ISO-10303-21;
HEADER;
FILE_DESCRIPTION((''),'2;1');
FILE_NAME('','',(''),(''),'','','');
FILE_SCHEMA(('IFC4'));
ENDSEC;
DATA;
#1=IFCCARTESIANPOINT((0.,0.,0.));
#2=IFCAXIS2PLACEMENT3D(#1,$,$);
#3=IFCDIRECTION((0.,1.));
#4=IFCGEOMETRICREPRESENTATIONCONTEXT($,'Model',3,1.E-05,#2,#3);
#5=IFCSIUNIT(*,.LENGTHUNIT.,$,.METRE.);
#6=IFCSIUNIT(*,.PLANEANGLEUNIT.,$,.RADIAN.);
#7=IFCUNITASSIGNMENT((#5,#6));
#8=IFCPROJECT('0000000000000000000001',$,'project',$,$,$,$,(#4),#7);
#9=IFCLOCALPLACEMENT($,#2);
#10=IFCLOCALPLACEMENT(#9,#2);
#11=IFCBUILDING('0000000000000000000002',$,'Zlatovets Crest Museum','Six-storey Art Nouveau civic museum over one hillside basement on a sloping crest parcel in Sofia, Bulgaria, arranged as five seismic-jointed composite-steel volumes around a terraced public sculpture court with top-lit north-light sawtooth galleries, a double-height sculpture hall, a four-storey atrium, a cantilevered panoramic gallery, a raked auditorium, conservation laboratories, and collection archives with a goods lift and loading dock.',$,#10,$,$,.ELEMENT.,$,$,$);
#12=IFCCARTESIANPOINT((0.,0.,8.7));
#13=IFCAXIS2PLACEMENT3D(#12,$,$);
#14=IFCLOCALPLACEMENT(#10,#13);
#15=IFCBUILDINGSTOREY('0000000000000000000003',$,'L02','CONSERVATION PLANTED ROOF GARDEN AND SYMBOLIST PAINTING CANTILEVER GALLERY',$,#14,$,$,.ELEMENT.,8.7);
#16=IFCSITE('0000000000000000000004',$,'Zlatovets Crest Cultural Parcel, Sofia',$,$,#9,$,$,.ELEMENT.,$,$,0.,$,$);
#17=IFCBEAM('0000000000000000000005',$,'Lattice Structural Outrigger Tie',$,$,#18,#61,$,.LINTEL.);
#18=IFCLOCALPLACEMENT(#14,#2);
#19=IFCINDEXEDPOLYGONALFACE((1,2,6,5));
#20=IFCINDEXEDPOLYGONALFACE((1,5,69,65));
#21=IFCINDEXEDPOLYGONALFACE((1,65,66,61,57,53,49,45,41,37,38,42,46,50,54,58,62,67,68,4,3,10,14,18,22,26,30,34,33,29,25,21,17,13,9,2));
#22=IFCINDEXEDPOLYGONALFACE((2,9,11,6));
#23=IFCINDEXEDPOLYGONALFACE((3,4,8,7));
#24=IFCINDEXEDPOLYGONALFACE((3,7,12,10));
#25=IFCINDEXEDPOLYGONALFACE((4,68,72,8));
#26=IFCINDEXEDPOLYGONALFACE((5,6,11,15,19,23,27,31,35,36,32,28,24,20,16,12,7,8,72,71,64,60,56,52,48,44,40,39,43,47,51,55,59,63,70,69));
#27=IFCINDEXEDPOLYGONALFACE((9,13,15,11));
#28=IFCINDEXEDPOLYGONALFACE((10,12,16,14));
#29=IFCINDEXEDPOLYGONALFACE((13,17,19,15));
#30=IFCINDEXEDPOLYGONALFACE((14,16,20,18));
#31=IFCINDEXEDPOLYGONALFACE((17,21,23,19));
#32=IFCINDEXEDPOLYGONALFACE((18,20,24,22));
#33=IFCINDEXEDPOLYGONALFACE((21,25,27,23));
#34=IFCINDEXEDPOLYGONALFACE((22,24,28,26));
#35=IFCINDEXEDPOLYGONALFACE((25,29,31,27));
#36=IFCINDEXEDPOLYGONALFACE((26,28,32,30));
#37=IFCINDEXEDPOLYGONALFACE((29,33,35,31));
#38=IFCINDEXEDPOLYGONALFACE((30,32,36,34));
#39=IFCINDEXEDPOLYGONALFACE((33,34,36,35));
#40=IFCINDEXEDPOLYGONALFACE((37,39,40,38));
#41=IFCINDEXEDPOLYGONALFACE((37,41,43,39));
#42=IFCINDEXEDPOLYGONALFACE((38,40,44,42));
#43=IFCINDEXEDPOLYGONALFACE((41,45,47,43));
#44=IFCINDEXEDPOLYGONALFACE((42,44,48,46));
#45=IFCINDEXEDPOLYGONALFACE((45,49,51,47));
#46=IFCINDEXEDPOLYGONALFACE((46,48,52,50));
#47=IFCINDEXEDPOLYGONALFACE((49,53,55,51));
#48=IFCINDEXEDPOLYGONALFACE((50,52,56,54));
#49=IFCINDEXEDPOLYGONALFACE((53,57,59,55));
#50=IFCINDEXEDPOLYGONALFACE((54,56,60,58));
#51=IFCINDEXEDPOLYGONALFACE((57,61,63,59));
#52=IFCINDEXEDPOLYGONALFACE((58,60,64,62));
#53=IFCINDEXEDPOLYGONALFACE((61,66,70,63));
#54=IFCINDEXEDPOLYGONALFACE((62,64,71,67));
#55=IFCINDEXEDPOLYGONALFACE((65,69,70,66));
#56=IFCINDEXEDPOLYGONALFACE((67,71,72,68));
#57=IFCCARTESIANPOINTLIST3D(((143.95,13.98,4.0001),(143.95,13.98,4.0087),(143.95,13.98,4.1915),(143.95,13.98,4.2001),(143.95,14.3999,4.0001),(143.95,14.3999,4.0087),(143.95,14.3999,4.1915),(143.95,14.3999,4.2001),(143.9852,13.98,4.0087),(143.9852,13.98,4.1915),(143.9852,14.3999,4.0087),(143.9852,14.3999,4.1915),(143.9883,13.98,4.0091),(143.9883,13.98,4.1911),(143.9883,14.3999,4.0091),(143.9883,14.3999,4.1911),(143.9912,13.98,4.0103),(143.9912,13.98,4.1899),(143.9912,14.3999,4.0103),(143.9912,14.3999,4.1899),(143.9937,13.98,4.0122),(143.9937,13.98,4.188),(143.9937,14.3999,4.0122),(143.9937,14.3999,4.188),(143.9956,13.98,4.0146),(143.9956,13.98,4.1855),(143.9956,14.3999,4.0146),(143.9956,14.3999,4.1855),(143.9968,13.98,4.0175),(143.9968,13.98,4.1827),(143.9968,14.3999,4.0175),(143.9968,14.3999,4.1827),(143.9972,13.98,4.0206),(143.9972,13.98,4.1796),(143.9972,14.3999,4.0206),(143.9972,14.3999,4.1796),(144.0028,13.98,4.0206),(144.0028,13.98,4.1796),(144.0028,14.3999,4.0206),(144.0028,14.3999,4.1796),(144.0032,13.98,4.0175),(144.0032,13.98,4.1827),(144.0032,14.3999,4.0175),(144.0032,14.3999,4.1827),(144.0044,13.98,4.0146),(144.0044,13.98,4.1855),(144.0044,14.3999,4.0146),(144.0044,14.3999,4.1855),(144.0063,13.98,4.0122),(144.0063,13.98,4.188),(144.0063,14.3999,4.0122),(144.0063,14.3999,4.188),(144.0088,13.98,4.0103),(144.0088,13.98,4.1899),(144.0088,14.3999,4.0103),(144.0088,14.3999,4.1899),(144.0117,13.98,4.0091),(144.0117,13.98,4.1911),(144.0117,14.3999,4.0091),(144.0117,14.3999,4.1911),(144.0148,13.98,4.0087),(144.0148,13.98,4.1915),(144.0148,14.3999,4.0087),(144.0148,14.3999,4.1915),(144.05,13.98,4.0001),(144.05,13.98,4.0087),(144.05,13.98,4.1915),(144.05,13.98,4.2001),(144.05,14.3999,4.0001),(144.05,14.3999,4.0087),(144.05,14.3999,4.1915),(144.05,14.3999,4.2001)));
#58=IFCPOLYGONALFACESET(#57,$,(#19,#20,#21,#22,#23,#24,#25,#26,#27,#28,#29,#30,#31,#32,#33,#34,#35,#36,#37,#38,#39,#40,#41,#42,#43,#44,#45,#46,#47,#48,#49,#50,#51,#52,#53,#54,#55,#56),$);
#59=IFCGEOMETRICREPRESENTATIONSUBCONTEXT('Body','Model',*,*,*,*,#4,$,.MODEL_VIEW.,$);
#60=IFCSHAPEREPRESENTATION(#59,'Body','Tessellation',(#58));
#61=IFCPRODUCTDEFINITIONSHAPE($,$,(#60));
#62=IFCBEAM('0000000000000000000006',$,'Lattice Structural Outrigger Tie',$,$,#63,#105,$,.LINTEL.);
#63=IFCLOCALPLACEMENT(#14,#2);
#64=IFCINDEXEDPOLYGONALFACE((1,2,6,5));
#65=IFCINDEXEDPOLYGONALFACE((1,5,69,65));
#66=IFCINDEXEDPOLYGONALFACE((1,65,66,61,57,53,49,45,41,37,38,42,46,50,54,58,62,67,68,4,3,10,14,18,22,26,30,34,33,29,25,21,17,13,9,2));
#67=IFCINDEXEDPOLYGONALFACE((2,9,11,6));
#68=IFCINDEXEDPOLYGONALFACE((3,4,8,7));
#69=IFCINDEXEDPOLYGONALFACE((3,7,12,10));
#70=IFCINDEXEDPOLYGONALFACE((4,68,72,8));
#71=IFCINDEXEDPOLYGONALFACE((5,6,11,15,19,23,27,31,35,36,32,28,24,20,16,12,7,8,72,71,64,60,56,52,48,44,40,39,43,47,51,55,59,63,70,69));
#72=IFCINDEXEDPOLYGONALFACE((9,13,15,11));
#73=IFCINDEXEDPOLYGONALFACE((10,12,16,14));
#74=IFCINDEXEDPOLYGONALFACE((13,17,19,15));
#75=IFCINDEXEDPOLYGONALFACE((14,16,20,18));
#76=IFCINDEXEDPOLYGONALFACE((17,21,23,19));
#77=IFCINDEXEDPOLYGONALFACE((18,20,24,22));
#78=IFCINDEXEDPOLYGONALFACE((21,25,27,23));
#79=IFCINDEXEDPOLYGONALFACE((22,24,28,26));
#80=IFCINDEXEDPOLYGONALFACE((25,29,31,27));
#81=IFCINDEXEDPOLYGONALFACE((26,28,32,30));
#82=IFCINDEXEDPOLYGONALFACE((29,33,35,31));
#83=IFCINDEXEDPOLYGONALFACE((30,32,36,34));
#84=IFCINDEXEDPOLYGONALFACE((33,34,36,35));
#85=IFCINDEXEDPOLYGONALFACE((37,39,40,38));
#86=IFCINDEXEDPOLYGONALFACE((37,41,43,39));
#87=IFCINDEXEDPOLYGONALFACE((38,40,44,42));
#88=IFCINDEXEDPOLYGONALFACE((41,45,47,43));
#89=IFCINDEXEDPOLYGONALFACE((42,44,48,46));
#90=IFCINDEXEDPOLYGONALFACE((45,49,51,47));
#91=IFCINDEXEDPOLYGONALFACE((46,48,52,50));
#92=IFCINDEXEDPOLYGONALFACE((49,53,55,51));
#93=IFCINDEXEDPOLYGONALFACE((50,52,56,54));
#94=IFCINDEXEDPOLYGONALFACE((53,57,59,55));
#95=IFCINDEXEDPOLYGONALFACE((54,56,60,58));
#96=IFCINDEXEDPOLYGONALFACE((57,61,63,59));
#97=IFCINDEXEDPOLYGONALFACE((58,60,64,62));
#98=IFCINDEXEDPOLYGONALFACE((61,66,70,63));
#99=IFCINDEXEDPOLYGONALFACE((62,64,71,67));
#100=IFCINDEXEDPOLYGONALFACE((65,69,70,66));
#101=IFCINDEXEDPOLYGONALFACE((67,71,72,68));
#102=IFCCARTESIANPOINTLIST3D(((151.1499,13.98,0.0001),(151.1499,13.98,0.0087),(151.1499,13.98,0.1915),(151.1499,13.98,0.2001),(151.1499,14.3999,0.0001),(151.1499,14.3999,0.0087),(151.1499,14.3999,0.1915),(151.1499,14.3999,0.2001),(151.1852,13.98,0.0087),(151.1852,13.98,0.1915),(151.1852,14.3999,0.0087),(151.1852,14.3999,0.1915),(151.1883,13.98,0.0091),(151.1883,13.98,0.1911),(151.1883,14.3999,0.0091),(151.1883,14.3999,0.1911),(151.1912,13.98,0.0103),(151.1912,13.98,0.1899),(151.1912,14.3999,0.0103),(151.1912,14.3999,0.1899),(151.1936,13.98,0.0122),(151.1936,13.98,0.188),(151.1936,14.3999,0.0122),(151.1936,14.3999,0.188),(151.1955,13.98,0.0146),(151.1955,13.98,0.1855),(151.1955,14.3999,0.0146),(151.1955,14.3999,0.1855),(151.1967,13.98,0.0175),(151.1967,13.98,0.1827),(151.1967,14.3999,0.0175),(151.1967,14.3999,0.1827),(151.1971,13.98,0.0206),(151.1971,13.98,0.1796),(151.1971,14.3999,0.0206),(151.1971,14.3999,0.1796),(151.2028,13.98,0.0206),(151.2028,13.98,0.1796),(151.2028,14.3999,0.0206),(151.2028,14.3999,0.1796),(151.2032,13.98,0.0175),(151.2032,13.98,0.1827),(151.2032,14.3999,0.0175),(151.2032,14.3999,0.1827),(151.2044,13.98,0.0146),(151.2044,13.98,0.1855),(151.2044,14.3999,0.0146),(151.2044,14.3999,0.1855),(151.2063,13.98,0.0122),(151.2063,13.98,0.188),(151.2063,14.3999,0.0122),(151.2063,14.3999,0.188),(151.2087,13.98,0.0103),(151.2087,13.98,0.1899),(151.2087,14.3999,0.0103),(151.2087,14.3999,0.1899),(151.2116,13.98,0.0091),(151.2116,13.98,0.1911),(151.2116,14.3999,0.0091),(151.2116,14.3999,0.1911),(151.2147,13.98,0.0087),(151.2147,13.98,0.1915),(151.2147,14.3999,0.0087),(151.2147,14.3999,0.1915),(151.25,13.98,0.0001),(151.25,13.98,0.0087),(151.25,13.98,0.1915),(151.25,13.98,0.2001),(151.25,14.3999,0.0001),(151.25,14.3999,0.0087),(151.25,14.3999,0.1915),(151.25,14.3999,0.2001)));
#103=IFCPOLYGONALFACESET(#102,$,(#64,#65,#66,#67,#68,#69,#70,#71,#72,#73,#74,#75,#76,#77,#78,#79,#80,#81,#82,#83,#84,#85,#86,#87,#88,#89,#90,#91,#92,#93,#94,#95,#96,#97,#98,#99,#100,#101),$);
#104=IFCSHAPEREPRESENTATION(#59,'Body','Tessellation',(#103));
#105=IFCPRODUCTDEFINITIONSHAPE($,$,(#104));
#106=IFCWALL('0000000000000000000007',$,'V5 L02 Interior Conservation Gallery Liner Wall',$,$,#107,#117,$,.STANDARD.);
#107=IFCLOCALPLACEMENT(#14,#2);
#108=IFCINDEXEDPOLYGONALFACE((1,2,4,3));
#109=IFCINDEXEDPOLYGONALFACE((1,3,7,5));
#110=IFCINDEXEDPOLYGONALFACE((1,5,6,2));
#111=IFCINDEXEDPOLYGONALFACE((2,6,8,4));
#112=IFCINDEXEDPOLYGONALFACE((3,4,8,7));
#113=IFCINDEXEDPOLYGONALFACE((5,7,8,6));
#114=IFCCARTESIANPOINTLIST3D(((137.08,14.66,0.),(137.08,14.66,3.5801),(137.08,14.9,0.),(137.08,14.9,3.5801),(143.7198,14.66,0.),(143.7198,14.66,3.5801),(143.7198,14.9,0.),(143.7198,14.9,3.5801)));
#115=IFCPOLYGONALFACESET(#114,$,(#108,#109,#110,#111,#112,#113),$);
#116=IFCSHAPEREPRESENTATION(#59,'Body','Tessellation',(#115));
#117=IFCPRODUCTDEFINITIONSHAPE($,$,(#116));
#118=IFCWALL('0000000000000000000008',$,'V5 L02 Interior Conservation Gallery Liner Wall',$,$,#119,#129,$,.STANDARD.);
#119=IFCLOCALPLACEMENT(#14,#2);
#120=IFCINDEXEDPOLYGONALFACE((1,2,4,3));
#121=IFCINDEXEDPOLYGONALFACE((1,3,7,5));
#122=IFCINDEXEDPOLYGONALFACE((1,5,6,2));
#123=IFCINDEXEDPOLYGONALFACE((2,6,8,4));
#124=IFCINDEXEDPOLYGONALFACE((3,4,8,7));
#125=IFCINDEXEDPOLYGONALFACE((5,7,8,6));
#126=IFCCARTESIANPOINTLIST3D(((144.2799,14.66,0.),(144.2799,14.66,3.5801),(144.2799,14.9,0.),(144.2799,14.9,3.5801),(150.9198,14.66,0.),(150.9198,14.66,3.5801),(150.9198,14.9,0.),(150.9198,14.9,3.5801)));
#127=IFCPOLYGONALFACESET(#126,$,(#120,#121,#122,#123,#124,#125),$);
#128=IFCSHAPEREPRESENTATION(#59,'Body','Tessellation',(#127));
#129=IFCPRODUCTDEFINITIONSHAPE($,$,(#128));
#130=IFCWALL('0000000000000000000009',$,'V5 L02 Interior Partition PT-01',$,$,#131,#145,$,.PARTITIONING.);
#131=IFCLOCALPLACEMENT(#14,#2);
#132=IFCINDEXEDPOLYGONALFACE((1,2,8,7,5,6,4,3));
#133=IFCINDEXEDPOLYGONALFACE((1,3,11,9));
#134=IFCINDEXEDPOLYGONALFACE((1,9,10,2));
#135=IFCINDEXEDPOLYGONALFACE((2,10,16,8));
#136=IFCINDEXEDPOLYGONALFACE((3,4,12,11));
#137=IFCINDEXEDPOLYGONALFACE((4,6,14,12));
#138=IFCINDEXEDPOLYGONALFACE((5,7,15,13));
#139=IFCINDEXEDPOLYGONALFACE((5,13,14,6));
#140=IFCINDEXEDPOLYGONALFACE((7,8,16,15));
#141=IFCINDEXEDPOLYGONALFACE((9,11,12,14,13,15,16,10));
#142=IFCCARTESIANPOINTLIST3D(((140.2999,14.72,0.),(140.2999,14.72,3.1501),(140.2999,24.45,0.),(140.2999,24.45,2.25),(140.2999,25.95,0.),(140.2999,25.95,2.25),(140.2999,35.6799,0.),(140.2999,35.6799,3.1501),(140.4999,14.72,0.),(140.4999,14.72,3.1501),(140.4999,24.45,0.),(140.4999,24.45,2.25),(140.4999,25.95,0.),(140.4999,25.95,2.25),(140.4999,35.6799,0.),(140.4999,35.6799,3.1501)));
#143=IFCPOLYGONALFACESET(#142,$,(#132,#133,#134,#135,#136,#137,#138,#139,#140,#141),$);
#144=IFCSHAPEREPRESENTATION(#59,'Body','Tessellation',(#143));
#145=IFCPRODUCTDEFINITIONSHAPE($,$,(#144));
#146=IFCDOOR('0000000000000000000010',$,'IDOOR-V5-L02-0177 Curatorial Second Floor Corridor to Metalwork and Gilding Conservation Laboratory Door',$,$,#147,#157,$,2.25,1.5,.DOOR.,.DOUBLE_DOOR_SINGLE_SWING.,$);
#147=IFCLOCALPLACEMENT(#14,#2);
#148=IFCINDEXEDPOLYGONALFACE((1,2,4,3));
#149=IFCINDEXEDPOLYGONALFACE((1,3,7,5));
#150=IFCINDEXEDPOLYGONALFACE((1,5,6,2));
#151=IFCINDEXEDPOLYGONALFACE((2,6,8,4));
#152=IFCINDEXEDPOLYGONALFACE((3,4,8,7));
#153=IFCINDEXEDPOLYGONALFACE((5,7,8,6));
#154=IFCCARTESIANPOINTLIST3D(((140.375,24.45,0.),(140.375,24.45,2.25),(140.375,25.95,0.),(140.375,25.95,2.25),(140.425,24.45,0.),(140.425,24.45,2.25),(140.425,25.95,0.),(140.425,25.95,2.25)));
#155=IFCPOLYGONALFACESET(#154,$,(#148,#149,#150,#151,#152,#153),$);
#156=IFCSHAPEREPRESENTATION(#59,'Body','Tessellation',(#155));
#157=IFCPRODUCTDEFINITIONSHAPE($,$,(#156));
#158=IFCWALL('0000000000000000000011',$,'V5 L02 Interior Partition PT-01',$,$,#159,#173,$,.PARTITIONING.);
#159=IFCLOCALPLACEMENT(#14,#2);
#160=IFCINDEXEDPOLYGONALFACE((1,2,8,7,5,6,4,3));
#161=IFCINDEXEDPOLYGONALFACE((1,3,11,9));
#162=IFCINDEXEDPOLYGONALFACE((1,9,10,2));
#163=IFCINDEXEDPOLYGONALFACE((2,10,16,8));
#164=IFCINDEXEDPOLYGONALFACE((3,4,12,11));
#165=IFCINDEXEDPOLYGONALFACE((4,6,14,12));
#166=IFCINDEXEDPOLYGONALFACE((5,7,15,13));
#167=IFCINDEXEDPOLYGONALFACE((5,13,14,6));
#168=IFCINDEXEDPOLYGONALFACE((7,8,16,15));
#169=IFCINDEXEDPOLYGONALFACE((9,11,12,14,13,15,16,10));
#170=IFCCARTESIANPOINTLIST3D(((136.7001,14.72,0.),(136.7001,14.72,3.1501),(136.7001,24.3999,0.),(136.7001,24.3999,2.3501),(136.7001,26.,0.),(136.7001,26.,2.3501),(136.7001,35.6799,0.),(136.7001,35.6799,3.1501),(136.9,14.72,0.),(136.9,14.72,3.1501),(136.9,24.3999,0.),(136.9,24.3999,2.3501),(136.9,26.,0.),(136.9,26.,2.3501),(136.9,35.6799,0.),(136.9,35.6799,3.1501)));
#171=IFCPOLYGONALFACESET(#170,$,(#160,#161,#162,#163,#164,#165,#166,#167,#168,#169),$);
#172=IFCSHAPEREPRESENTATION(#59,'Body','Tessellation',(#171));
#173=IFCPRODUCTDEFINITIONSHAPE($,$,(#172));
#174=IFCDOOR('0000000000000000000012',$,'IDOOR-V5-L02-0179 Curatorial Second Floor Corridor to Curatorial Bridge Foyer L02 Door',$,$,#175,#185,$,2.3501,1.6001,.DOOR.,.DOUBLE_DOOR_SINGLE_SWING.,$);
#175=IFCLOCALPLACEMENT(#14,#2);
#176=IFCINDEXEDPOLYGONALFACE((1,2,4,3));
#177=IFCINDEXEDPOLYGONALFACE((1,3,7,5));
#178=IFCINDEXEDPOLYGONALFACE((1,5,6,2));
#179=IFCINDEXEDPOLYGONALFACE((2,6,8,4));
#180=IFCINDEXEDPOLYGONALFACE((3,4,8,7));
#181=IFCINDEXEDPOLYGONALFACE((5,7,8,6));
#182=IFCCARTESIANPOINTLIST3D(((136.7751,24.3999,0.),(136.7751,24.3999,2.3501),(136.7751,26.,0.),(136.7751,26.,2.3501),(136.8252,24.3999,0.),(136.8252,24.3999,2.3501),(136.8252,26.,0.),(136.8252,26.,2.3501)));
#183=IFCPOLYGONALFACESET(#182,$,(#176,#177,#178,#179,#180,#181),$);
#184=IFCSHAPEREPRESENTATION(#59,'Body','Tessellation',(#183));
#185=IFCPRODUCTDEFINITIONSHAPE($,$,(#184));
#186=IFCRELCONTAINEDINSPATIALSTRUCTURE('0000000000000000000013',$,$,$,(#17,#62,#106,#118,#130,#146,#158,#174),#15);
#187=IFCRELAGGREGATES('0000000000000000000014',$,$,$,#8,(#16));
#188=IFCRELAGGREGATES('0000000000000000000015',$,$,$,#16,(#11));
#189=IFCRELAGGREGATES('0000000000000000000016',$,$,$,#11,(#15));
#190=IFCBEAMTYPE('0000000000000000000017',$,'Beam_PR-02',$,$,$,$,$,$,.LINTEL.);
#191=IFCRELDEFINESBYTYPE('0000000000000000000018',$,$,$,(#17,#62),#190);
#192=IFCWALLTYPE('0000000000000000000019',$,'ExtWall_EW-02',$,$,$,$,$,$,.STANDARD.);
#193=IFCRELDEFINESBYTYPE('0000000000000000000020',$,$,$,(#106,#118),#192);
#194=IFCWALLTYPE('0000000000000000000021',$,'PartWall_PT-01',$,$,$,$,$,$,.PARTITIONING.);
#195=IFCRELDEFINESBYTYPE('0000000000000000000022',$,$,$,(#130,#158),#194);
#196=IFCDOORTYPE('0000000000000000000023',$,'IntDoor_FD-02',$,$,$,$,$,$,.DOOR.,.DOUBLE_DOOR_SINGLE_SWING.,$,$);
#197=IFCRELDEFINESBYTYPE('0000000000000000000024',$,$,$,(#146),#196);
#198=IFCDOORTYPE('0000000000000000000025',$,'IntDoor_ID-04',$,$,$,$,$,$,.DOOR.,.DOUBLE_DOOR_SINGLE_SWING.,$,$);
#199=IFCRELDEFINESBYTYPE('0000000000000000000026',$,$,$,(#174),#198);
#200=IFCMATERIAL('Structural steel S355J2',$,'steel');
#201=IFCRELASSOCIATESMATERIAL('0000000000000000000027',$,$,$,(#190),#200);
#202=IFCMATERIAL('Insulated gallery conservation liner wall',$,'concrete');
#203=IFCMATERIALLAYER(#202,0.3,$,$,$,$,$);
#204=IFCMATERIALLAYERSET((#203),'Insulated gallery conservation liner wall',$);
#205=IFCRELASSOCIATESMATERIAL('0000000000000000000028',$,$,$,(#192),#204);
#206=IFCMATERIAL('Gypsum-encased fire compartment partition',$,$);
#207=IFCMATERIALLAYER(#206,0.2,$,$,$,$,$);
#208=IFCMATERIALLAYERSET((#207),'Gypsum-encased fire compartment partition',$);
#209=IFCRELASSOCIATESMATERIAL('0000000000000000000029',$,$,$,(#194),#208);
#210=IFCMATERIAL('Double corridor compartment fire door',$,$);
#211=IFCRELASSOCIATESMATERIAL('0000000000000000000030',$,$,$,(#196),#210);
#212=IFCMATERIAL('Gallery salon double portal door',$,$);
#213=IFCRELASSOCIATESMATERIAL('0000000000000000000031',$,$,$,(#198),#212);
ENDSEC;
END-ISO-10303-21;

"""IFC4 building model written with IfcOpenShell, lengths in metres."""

from ifc_helpers import new_model, si_unit, direction, frame, frame_2d, origin, origin_2d, place, context, subcontext, project, spatial, rectangle, i_section, extrude, material, layer, layer_set, material_profile, profile_set, type_object, element, fill, save


model = new_model("IFC4")

# Units and contexts
model_context = context("Model", 3, precision=1e-05, world=origin(), true_north=direction((0.0, 1.0)))
body_context = subcontext(model_context, "Body", "Model", "MODEL_VIEW")
ifc_project = project(units=[si_unit("LENGTHUNIT", "METRE"), si_unit("PLANEANGLEUNIT", "RADIAN")], contexts=[model_context])

# Site, building, storey
site_placement = place(None, origin())
site = spatial("IfcSite", under=ifc_project, at=site_placement, Name="Zlatovets Crest Cultural Parcel, Sofia", CompositionType="ELEMENT", RefElevation=0.0)
building_placement = place(site_placement, origin())
building = spatial("IfcBuilding", under=site, at=building_placement, Name="Zlatovets Crest Museum", Description="Six-storey Art Nouveau civic museum over one hillside basement on a sloping crest parcel in Sofia, Bulgaria, arranged as five seismic-jointed composite-steel volumes around a terraced public sculpture court with top-lit north-light sawtooth galleries, a double-height sculpture hall, a four-storey atrium, a cantilevered panoramic gallery, a raked auditorium, conservation laboratories, and collection archives with a goods lift and loading dock.", CompositionType="ELEMENT")
storey_placement = place(building_placement, frame((0.0, 0.0, 8.7)))
storey = spatial("IfcBuildingStorey", under=building, at=storey_placement, Name="L02", Description="CONSERVATION PLANTED ROOF GARDEN AND SYMBOLIST PAINTING CANTILEVER GALLERY", CompositionType="ELEMENT", Elevation=8.7)

# Shared definitions
ifc_material_1 = material(Name="Structural steel S355J2", Category="steel")

# Beams
ifc_material_profile_1 = material_profile(ifc_material_1, i_section(OverallWidth=0.1001, OverallDepth=0.2, WebThickness=0.0056, FlangeThickness=0.0085, FilletRadius=0.012, at=origin_2d()), Name="IPE 200")
ifc_profile_set_1 = profile_set([ifc_material_profile_1], Name="Structural steel S355J2")
beam_type_1 = type_object("IfcBeamType", Name="Beam_PR-02", PredefinedType="LINTEL", material=ifc_profile_set_1)
for number, where, z_axis, x_axis, name in (
    (1, (144.0, 14.3999, 4.1001), (0.0, -1.0, 0.0), (1.0, 0.0, 0.0), "Lattice Structural Outrigger Tie"),
    (2, (151.2, 14.3999, 0.1001), (0.0, -1.0, 0.0), (1.0, 0.0, 0.0), "Lattice Structural Outrigger Tie"),
):
    element("IfcBeam", number, at=place(storey_placement, frame(where, z_axis=z_axis, x_axis=x_axis)), inside=storey, type_object=beam_type_1, Name=name, PredefinedType="LINTEL", context=body_context, shape_type="SweptSolid", body=[
        extrude(i_section(OverallWidth=0.1001, OverallDepth=0.2, WebThickness=0.0056, FlangeThickness=0.0085, FilletRadius=0.012, at=origin_2d()), origin(), (0.0, 0.0, 1.0), 0.4199),
    ])

# Walls
ifc_material_2 = material(Name="Insulated gallery conservation liner wall", Category="concrete")
ifc_layer_1 = layer(ifc_material_2, 0.3)
ifc_layer_set_1 = layer_set([ifc_layer_1], Name="Insulated gallery conservation liner wall")
wall_type_1 = type_object("IfcWallType", Name="ExtWall_EW-02", PredefinedType="STANDARD", material=ifc_layer_set_1)
for number, where, z_axis, x_axis, name in (
    (3, (137.0801, 14.78, 0.0), (0.0, 0.0, 1.0), (1.0, 0.0, 0.0), "V5 L02 Interior Conservation Gallery Liner Wall"),
    (4, (144.28, 14.78, 0.0), (0.0, 0.0, 1.0), (1.0, 0.0, 0.0), "V5 L02 Interior Conservation Gallery Liner Wall"),
):
    element("IfcWall", number, at=place(storey_placement, frame(where, z_axis=z_axis, x_axis=x_axis)), inside=storey, type_object=wall_type_1, Name=name, PredefinedType="STANDARD", context=body_context, shape_type="SweptSolid", body=[
        extrude(rectangle(XDim=6.6399, YDim=0.24, at=frame_2d((3.3198, 0.0))), origin(), (0.0, 0.0, 1.0), 3.5801),
    ])

# Walls, openings, doors
ifc_material_3 = material(Name="Gypsum-encased fire compartment partition")
ifc_layer_2 = layer(ifc_material_3, 0.2)
ifc_layer_set_2 = layer_set([ifc_layer_2], Name="Gypsum-encased fire compartment partition")
wall_type_2 = type_object("IfcWallType", Name="PartWall_PT-01", PredefinedType="PARTITIONING", material=ifc_layer_set_2)
wall_1_placement = place(storey_placement, frame((140.3999, 14.72, 0.0), z_axis=(0.0, 0.0, 1.0), x_axis=(0.0, 1.0, 0.0)))
wall_1 = element("IfcWall", 5, at=wall_1_placement, inside=storey, type_object=wall_type_2, Name="V5 L02 Interior Partition PT-01", PredefinedType="PARTITIONING", context=body_context, shape_type="SweptSolid", body=[
    extrude(rectangle(XDim=20.96, YDim=0.2, at=frame_2d((10.48, 0.0))), origin(), (0.0, 0.0, 1.0), 3.1501),
])
opening_1_placement = place(wall_1_placement, frame((9.73, 0.0, 0.0)))
opening_1 = element("IfcOpeningElement", 6, at=opening_1_placement, cuts=wall_1, PredefinedType="OPENING", context=body_context, shape_type="SweptSolid", body=[
    extrude(rectangle(XDim=1.5, YDim=2.25, at=frame_2d((0.75, 1.125))), frame((0.0, 0.1099, 0.0), z_axis=(0.0, -1.0, 0.0), x_axis=(1.0, 0.0, 0.0)), (0.0, 0.0, 1.0), 0.22),
])
ifc_material_4 = material(Name="Double corridor compartment fire door")
door_type_1 = type_object("IfcDoorType", Name="IntDoor_FD-02", OperationType="DOUBLE_DOOR_SINGLE_SWING", PredefinedType="DOOR", material=ifc_material_4)
door_1_placement = place(opening_1_placement, origin())
door_1 = element("IfcDoor", 7, at=door_1_placement, inside=storey, type_object=door_type_1, Name="IDOOR-V5-L02-0177 Curatorial Second Floor Corridor to Metalwork and Gilding Conservation Laboratory Door", OperationType="DOUBLE_DOOR_SINGLE_SWING", OverallHeight=2.25, OverallWidth=1.5, PredefinedType="DOOR", context=body_context, shape_type="SweptSolid", body=[
    extrude(rectangle(XDim=1.5, YDim=2.25, at=frame_2d((0.75, 1.125))), frame((0.0, 0.0249, 0.0), z_axis=(0.0, -1.0, 0.0), x_axis=(1.0, 0.0, 0.0)), (0.0, 0.0, 1.0), 0.05),
])
fill(opening_1, door_1)
wall_2_placement = place(storey_placement, frame((136.8, 14.72, 0.0), z_axis=(0.0, 0.0, 1.0), x_axis=(0.0, 1.0, 0.0)))
wall_2 = element("IfcWall", 8, at=wall_2_placement, inside=storey, type_object=wall_type_2, Name="V5 L02 Interior Partition PT-01", PredefinedType="PARTITIONING", context=body_context, shape_type="SweptSolid", body=[
    extrude(rectangle(XDim=20.96, YDim=0.2, at=frame_2d((10.48, 0.0))), origin(), (0.0, 0.0, 1.0), 3.1501),
])
opening_2_placement = place(wall_2_placement, frame((9.6799, 0.0, 0.0)))
opening_2 = element("IfcOpeningElement", 9, at=opening_2_placement, cuts=wall_2, PredefinedType="OPENING", context=body_context, shape_type="SweptSolid", body=[
    extrude(rectangle(XDim=1.6001, YDim=2.3501, at=frame_2d((0.8, 1.175))), frame((0.0, 0.1099, 0.0), z_axis=(0.0, -1.0, 0.0), x_axis=(1.0, 0.0, 0.0)), (0.0, 0.0, 1.0), 0.22),
])
ifc_material_5 = material(Name="Gallery salon double portal door")
door_type_2 = type_object("IfcDoorType", Name="IntDoor_ID-04", OperationType="DOUBLE_DOOR_SINGLE_SWING", PredefinedType="DOOR", material=ifc_material_5)
door_2_placement = place(opening_2_placement, origin())
door_2 = element("IfcDoor", 10, at=door_2_placement, inside=storey, type_object=door_type_2, Name="IDOOR-V5-L02-0179 Curatorial Second Floor Corridor to Curatorial Bridge Foyer L02 Door", OperationType="DOUBLE_DOOR_SINGLE_SWING", OverallHeight=2.3501, OverallWidth=1.6001, PredefinedType="DOOR", context=body_context, shape_type="SweptSolid", body=[
    extrude(rectangle(XDim=1.6001, YDim=2.3501, at=frame_2d((0.8, 1.175))), frame((0.0, 0.0249, 0.0), z_axis=(0.0, -1.0, 0.0), x_axis=(1.0, 0.0, 0.0)), (0.0, 0.0, 1.0), 0.05),
])
fill(opening_2, door_2)

save(model, "model.ifc")
